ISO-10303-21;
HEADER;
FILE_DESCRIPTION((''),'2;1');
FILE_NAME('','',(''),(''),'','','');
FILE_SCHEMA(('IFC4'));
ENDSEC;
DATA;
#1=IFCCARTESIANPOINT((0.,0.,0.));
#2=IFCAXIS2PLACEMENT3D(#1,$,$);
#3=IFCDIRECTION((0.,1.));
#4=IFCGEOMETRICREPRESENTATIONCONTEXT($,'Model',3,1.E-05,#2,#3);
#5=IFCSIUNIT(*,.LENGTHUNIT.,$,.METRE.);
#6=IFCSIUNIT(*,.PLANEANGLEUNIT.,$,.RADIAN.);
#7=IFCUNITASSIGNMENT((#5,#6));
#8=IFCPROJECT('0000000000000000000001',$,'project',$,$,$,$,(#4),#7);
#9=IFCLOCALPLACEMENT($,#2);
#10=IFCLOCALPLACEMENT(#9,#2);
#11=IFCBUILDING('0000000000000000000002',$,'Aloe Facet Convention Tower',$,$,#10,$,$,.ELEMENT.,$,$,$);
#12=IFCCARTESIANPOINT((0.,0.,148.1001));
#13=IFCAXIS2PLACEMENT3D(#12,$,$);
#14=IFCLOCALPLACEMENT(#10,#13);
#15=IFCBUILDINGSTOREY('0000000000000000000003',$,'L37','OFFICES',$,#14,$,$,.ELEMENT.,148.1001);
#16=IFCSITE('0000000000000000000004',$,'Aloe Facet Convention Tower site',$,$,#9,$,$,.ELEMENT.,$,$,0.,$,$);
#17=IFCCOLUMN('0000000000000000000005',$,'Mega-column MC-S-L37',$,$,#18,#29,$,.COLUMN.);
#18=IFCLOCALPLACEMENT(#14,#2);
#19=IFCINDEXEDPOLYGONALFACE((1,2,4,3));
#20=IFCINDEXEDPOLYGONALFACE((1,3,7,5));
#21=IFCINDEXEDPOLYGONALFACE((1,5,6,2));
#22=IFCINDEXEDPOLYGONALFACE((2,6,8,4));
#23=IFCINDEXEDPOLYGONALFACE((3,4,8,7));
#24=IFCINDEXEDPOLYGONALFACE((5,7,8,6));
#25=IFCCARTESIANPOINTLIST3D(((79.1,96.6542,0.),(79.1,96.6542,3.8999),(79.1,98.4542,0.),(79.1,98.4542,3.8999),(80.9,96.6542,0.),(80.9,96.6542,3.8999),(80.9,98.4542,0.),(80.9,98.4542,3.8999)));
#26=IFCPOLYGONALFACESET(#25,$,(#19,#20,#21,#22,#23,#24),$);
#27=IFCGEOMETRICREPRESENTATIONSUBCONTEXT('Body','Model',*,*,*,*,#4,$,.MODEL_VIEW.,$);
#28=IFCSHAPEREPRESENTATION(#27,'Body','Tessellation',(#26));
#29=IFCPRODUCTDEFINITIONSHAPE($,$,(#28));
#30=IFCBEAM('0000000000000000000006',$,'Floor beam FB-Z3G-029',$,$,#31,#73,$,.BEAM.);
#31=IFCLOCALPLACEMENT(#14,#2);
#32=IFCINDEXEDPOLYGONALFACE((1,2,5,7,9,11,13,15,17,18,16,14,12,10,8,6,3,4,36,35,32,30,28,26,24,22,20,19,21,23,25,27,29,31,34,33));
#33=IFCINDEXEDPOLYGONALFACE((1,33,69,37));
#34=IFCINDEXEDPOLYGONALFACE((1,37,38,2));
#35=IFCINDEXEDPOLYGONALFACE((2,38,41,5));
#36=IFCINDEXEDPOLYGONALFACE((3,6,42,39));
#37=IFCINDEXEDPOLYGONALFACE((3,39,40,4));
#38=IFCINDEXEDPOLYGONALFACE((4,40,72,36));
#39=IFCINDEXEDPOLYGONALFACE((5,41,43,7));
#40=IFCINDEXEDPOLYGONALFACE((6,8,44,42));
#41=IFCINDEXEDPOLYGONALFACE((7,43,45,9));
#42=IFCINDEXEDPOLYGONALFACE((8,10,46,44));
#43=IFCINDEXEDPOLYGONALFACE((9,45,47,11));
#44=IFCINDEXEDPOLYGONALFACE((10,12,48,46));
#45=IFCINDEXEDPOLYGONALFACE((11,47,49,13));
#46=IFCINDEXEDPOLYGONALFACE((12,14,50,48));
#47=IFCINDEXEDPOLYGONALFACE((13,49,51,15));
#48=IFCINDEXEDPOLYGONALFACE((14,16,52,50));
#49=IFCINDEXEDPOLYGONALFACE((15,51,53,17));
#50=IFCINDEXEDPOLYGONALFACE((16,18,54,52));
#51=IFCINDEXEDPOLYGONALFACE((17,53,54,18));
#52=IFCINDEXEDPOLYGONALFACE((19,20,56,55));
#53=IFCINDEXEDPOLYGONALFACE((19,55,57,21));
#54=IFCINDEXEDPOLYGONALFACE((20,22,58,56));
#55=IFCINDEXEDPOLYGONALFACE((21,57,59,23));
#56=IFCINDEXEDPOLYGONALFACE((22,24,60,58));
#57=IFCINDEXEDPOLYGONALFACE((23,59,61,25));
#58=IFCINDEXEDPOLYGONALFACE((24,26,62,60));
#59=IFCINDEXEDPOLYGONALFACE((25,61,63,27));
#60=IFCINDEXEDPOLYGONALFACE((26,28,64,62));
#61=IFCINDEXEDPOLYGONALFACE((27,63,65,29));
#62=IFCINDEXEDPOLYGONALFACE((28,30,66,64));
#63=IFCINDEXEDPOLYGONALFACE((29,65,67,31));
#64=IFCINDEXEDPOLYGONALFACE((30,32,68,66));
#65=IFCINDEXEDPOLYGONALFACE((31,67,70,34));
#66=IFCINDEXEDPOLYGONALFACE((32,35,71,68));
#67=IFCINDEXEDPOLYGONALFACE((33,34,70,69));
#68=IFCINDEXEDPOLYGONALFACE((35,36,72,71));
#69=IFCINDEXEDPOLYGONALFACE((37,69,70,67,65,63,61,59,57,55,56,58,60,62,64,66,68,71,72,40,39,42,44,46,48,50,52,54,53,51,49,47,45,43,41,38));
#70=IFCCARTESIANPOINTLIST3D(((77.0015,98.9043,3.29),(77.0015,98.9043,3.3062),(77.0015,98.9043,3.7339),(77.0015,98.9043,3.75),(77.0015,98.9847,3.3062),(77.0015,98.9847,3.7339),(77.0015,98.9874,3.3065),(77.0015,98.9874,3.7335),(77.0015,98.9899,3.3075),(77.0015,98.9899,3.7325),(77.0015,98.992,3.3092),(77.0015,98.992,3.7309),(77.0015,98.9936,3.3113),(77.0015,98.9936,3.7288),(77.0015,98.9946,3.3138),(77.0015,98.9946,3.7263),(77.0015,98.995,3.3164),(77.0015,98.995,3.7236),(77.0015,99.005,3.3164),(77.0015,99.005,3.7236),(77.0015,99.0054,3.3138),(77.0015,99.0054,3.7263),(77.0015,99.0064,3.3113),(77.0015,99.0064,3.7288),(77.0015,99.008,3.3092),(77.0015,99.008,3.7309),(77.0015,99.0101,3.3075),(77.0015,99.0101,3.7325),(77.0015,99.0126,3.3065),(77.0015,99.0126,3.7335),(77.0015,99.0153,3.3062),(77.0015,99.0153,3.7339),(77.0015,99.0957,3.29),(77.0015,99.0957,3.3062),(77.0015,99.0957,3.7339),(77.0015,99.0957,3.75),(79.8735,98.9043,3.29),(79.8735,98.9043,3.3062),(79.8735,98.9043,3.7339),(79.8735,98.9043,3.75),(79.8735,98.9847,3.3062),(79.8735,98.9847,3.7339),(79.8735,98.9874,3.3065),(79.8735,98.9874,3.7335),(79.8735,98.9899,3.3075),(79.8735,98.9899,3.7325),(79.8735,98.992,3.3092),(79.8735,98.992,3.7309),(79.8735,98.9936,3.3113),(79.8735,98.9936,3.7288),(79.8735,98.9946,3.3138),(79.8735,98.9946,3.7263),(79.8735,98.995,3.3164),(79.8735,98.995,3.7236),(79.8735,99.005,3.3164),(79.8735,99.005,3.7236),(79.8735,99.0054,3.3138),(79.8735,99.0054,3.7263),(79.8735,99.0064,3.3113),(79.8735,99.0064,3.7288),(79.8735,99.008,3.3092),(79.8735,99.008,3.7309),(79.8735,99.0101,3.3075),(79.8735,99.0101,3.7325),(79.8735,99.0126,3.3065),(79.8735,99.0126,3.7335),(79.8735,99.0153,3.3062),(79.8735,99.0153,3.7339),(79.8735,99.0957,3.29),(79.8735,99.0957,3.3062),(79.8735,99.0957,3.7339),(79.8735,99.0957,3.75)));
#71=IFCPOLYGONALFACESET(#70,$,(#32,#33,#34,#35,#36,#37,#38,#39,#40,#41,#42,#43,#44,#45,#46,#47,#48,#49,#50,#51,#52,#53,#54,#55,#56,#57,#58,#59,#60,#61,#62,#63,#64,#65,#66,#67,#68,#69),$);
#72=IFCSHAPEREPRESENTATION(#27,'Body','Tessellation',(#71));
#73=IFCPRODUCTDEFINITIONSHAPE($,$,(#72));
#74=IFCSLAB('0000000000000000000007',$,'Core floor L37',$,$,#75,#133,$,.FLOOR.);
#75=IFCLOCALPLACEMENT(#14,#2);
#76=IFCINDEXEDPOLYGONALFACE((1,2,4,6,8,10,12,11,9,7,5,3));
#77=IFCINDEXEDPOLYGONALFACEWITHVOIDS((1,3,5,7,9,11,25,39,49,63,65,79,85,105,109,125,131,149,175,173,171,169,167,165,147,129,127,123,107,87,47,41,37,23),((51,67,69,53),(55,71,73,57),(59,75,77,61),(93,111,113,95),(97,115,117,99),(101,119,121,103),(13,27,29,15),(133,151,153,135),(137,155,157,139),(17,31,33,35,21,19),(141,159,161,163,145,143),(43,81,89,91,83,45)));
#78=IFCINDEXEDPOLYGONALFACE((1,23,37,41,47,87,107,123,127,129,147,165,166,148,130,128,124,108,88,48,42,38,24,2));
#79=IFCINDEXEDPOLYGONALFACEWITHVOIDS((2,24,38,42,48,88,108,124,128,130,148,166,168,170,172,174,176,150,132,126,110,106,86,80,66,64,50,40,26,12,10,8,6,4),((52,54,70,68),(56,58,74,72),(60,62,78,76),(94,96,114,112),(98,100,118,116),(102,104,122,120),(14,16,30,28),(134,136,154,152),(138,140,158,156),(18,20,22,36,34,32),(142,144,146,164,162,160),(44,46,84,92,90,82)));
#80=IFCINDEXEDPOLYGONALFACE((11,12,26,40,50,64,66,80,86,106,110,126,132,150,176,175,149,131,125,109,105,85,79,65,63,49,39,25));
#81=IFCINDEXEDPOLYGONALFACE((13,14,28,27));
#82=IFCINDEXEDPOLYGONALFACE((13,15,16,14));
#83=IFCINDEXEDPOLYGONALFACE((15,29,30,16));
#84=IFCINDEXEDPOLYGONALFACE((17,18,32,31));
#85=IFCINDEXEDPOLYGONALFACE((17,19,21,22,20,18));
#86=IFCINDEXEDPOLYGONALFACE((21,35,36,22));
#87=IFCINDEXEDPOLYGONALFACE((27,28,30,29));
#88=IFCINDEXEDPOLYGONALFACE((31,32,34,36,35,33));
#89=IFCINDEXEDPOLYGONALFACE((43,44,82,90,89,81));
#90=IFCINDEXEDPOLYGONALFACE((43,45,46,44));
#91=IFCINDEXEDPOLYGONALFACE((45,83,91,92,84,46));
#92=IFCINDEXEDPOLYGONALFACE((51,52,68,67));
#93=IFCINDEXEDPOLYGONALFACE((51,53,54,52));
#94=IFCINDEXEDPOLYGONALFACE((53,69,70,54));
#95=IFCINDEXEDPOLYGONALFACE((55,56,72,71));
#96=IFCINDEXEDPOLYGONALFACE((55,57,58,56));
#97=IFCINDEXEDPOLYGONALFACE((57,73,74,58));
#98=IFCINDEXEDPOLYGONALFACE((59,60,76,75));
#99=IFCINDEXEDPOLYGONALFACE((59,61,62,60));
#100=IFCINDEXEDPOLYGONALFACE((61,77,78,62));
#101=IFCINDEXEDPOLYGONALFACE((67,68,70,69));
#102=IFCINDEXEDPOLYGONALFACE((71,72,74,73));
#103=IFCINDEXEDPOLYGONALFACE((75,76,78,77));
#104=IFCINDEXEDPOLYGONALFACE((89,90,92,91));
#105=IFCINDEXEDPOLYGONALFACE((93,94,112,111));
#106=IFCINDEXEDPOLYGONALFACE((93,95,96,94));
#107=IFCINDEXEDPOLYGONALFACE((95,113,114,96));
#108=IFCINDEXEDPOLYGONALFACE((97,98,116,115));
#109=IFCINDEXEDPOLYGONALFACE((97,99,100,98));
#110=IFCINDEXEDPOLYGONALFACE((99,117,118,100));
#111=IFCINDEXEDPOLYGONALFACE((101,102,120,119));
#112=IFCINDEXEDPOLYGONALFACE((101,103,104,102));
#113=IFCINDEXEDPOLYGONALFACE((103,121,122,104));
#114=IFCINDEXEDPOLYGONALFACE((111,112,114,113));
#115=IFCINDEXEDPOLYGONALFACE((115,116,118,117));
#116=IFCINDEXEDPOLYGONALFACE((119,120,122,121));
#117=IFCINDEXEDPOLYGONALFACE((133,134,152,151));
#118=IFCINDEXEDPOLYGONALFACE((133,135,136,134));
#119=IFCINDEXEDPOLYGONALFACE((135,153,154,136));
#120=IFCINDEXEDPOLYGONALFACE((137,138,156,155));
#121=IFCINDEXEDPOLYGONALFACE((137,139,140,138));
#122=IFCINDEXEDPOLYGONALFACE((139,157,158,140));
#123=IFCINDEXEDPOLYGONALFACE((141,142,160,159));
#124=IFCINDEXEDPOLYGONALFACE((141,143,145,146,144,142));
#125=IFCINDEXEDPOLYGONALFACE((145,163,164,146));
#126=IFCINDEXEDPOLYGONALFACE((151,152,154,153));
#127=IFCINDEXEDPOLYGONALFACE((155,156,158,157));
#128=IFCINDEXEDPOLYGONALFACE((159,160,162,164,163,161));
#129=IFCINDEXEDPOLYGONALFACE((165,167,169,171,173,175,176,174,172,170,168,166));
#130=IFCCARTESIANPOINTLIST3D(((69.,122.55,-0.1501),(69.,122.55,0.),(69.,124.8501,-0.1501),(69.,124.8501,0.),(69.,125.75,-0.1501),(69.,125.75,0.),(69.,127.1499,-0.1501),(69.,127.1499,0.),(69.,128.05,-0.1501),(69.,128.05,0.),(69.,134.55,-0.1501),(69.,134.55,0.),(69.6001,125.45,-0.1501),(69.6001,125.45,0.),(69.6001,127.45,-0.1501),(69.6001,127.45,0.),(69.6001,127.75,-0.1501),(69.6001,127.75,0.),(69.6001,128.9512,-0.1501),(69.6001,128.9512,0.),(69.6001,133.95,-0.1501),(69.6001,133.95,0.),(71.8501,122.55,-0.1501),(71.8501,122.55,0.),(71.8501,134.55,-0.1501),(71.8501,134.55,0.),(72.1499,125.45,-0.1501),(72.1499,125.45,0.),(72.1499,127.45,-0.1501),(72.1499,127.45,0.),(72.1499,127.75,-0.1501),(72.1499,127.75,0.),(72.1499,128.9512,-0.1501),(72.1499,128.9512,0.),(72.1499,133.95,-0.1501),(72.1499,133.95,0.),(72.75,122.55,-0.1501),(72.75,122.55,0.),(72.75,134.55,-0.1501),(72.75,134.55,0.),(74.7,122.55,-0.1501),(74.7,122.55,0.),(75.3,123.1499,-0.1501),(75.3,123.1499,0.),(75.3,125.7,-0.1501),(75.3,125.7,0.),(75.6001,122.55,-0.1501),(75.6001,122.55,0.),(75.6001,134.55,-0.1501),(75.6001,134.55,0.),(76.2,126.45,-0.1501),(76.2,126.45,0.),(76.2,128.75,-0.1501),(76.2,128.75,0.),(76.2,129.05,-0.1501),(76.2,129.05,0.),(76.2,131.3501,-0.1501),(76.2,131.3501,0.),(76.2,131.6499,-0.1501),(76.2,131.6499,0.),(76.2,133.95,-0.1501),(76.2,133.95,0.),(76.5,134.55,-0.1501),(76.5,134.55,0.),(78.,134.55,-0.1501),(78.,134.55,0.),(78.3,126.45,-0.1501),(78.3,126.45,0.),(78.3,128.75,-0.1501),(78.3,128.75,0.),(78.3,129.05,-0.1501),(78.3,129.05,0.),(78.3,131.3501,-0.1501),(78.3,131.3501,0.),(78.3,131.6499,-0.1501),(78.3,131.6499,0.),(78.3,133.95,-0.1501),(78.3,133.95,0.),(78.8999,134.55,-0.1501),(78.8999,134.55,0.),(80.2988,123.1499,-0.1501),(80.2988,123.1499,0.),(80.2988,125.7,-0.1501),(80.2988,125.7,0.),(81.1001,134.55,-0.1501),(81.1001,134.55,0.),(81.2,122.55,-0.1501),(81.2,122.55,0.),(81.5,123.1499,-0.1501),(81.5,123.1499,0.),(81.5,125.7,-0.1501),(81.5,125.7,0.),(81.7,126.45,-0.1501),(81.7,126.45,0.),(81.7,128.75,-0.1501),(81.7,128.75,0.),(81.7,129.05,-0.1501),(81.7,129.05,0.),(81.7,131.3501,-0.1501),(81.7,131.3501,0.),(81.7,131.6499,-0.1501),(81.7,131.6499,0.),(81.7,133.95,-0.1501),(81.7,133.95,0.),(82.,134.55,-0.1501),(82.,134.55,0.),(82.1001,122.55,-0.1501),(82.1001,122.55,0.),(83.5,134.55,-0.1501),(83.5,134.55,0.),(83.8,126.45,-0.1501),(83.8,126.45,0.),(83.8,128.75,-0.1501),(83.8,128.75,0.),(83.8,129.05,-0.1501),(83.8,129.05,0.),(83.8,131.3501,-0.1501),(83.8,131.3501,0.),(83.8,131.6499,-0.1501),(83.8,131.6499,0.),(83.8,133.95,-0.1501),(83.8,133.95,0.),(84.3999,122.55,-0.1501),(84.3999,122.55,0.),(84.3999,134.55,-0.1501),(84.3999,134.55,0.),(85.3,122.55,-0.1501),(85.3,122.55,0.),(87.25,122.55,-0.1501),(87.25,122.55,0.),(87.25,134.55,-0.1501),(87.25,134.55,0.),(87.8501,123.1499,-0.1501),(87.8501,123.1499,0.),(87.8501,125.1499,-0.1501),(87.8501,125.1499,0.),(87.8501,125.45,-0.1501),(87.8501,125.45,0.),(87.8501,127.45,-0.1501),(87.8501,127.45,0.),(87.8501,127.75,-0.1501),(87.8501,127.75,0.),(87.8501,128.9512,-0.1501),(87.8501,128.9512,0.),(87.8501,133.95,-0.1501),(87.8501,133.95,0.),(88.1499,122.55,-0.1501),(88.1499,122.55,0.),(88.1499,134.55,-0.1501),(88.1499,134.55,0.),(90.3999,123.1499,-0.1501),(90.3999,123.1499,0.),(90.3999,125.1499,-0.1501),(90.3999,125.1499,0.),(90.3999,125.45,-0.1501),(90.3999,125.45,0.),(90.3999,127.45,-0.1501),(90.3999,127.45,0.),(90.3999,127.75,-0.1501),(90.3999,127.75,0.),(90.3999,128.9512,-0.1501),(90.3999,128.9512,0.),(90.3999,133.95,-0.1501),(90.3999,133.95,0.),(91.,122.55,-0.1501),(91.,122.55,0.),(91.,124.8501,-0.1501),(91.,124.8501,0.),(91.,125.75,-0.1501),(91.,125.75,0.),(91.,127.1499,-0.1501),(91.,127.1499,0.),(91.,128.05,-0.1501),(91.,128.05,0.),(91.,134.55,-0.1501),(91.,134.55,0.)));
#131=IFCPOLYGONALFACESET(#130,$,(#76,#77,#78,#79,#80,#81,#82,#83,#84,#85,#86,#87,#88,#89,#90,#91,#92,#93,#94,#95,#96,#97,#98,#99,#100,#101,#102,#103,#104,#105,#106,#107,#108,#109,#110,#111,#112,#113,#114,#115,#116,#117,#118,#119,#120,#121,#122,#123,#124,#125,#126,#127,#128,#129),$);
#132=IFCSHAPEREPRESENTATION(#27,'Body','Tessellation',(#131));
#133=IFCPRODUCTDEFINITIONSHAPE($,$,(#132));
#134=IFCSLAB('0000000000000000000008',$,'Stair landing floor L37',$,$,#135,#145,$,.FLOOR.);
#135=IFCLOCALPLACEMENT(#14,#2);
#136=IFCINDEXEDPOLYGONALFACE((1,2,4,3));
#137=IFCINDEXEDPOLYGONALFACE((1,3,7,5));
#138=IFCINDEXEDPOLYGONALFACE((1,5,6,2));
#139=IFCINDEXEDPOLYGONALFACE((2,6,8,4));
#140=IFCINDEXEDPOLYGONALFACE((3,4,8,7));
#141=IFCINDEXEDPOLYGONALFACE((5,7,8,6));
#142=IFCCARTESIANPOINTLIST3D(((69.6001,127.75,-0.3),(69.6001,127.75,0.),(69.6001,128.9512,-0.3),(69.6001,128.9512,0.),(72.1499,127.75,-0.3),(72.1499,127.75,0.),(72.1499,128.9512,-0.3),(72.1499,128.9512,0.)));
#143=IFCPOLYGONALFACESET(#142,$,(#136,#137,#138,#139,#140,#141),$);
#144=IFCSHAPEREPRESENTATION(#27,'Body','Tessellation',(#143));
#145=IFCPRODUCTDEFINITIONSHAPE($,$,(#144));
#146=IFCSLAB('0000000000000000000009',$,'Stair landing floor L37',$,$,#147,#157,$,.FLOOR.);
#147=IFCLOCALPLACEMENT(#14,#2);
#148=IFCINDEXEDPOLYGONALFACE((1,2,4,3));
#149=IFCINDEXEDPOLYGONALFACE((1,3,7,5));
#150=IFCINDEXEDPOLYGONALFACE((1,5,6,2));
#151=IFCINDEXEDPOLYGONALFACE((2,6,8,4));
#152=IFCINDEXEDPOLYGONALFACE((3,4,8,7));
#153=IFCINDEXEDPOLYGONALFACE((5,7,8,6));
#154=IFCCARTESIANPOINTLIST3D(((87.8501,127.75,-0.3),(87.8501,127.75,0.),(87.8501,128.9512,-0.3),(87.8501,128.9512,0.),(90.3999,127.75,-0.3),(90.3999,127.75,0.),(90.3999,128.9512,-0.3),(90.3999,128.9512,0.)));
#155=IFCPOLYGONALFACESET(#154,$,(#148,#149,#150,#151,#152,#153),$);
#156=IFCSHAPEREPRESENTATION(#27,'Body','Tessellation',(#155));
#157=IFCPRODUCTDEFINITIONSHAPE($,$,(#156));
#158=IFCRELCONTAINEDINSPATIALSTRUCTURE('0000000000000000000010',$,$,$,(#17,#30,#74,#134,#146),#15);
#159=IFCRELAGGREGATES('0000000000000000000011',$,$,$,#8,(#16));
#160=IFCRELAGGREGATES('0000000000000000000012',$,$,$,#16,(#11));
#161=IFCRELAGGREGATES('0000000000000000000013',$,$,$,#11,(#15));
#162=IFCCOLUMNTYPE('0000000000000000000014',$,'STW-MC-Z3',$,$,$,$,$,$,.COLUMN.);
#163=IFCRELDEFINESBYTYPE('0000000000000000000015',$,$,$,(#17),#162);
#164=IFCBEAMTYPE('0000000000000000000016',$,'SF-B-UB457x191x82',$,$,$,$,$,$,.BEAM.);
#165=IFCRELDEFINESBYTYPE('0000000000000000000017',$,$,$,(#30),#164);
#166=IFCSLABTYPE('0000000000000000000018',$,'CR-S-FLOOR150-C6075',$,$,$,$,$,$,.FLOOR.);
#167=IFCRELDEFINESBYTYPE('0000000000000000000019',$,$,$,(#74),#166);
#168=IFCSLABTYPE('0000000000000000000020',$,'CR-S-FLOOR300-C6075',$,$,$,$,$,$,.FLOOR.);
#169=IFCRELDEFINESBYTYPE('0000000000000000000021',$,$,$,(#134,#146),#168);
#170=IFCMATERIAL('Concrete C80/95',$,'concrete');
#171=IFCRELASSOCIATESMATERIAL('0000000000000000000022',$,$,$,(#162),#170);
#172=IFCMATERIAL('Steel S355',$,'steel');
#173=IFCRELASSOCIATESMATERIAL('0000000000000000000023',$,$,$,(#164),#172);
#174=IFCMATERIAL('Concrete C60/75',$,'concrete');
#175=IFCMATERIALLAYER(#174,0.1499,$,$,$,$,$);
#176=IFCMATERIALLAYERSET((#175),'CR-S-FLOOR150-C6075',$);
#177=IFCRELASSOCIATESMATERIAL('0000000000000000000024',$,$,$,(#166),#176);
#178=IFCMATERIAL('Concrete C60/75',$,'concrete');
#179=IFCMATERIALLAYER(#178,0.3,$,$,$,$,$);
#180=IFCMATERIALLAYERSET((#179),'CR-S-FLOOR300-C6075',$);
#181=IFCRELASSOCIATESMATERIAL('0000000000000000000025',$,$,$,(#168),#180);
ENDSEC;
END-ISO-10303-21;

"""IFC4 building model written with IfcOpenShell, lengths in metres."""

from ifc_helpers import new_model, si_unit, direction, frame, origin, origin_2d, place, context, subcontext, project, spatial, polyline, rectangle, i_section, outline, extrude, material, layer, layer_set, material_profile, profile_set, type_object, element, save


model = new_model("IFC4")

# Units and contexts
model_context = context("Model", 3, precision=1e-05, world=origin(), true_north=direction((0.0, 1.0)))
body_context = subcontext(model_context, "Body", "Model", "MODEL_VIEW")
ifc_project = project(units=[si_unit("LENGTHUNIT", "METRE"), si_unit("PLANEANGLEUNIT", "RADIAN")], contexts=[model_context])

# Site, building, storey
site_placement = place(None, origin())
site = spatial("IfcSite", under=ifc_project, at=site_placement, Name="Aloe Facet Convention Tower site", CompositionType="ELEMENT", RefElevation=0.0)
building_placement = place(site_placement, origin())
building = spatial("IfcBuilding", under=site, at=building_placement, Name="Aloe Facet Convention Tower", CompositionType="ELEMENT")
storey_placement = place(building_placement, frame((0.0, 0.0, 148.1001)))
storey = spatial("IfcBuildingStorey", under=building, at=storey_placement, Name="L37", Description="OFFICES", CompositionType="ELEMENT", Elevation=148.1001)

# Column
ifc_material_1 = material(Name="Concrete C80/95", Category="concrete")
ifc_material_profile_1 = material_profile(ifc_material_1, rectangle(XDim=1.8, YDim=1.8, at=origin_2d()), Name="STW-MC-Z3")
ifc_profile_set_1 = profile_set([ifc_material_profile_1], Name="Concrete C80/95")
column_type = type_object("IfcColumnType", Name="STW-MC-Z3", PredefinedType="COLUMN", material=ifc_profile_set_1)
column_placement = place(storey_placement, frame((80.0, 97.5542, 0.0), z_axis=(0.0, 0.0, 1.0), x_axis=(1.0, 0.0, 0.0)))
element("IfcColumn", 1, at=column_placement, inside=storey, type_object=column_type, Name="Mega-column MC-S-L37", PredefinedType="COLUMN", context=body_context, shape_type="SweptSolid", body=[
    extrude(rectangle(XDim=1.8, YDim=1.8, at=origin_2d()), origin(), (0.0, 0.0, 1.0), 3.8999),
])

# Beam
ifc_material_2 = material(Name="Steel S355", Category="steel")
ifc_material_profile_2 = material_profile(ifc_material_2, i_section(OverallWidth=0.1914, OverallDepth=0.46, WebThickness=0.01, FlangeThickness=0.0161, FilletRadius=0.0103, at=origin_2d()), Name="UB 457x191x82")
ifc_profile_set_2 = profile_set([ifc_material_profile_2], Name="Steel S355")
beam_type = type_object("IfcBeamType", Name="SF-B-UB457x191x82", PredefinedType="BEAM", material=ifc_profile_set_2)
beam_placement = place(storey_placement, frame((77.0015, 99.0, 3.52), z_axis=(1.0, 0.0, 0.0), x_axis=(0.0, 1.0, 0.0)))
element("IfcBeam", 2, at=beam_placement, inside=storey, type_object=beam_type, Name="Floor beam FB-Z3G-029", PredefinedType="BEAM", context=body_context, shape_type="SweptSolid", body=[
    extrude(i_section(OverallWidth=0.1914, OverallDepth=0.46, WebThickness=0.01, FlangeThickness=0.0161, FilletRadius=0.0103, at=origin_2d()), origin(), (0.0, 0.0, 1.0), 2.8721),
])

# Slabs
ifc_material_3 = material(Name="Concrete C60/75", Category="concrete")
ifc_layer_1 = layer(ifc_material_3, 0.1499)
ifc_layer_set_1 = layer_set([ifc_layer_1], Name="CR-S-FLOOR150-C6075")
slab_type_1 = type_object("IfcSlabType", Name="CR-S-FLOOR150-C6075", PredefinedType="FLOOR", material=ifc_layer_set_1)
slab_1_placement = place(storey_placement, frame((0.0, 0.0, -0.1501)))
element("IfcSlab", 3, at=slab_1_placement, inside=storey, type_object=slab_type_1, Name="Core floor L37", PredefinedType="FLOOR", context=body_context, shape_type="SweptSolid", body=[
    extrude(outline(polyline([(71.8501, 134.55), (72.75, 134.55), (75.6001, 134.55), (76.5, 134.55), (78.0, 134.55), (78.8999, 134.55), (81.1001, 134.55), (82.0, 134.55), (83.5, 134.55), (84.3999, 134.55), (87.25, 134.55), (88.1499, 134.55), (91.0, 134.55), (91.0, 128.05), (91.0, 127.1499), (91.0, 125.75), (91.0, 124.8501), (91.0, 122.55), (88.1499, 122.55), (87.25, 122.55), (85.3, 122.55), (84.3999, 122.55), (82.1001, 122.55), (81.2, 122.55), (75.6001, 122.55), (74.7, 122.55), (72.75, 122.55), (71.8501, 122.55), (69.0, 122.55), (69.0, 124.8501), (69.0, 125.75), (69.0, 127.1499), (69.0, 128.05), (69.0, 134.55), (71.8501, 134.55)]), holes=[polyline([(80.2988, 123.1499), (81.5, 123.1499), (81.5, 125.7), (80.2988, 125.7), (75.3, 125.7), (75.3, 123.1499), (80.2988, 123.1499)]), polyline([(69.6001, 125.45), (72.1499, 125.45), (72.1499, 127.45), (69.6001, 127.45), (69.6001, 125.45)]), polyline([(76.2, 126.45), (78.3, 126.45), (78.3, 128.75), (76.2, 128.75), (76.2, 126.45)]), polyline([(78.3, 129.05), (78.3, 131.3501), (76.2, 131.3501), (76.2, 129.05), (78.3, 129.05)]), polyline([(69.6001, 133.95), (69.6001, 128.9512), (69.6001, 127.75), (72.1499, 127.75), (72.1499, 128.9512), (72.1499, 133.95), (69.6001, 133.95)]), polyline([(76.2, 131.6499), (78.3, 131.6499), (78.3, 133.95), (76.2, 133.95), (76.2, 131.6499)]), polyline([(90.3999, 123.1499), (90.3999, 125.1499), (87.8501, 125.1499), (87.8501, 123.1499), (90.3999, 123.1499)]), polyline([(87.8501, 125.45), (90.3999, 125.45), (90.3999, 127.45), (87.8501, 127.45), (87.8501, 125.45)]), polyline([(81.7, 126.45), (83.8, 126.45), (83.8, 128.75), (81.7, 128.75), (81.7, 126.45)]), polyline([(83.8, 129.05), (83.8, 131.3501), (81.7, 131.3501), (81.7, 129.05), (83.8, 129.05)]), polyline([(87.8501, 133.95), (87.8501, 128.9512), (87.8501, 127.75), (90.3999, 127.75), (90.3999, 128.9512), (90.3999, 133.95), (87.8501, 133.95)]), polyline([(81.7, 131.6499), (83.8, 131.6499), (83.8, 133.95), (81.7, 133.95), (81.7, 131.6499)])]), origin(), (0.0, 0.0, 1.0), 0.1501),
])
ifc_material_4 = material(Name="Concrete C60/75", Category="concrete")
ifc_layer_2 = layer(ifc_material_4, 0.3)
ifc_layer_set_2 = layer_set([ifc_layer_2], Name="CR-S-FLOOR300-C6075")
slab_type_2 = type_object("IfcSlabType", Name="CR-S-FLOOR300-C6075", PredefinedType="FLOOR", material=ifc_layer_set_2)
slab_2_placement = place(storey_placement, frame((0.0, 0.0, -0.3)))
element("IfcSlab", 4, at=slab_2_placement, inside=storey, type_object=slab_type_2, Name="Stair landing floor L37", PredefinedType="FLOOR", context=body_context, shape_type="SweptSolid", body=[
    extrude(outline(polyline([(72.1499, 127.75), (72.1499, 128.9512), (69.6001, 128.9512), (69.6001, 127.75), (72.1499, 127.75)])), origin(), (0.0, 0.0, 1.0), 0.3),
])
slab_3_placement = place(storey_placement, frame((0.0, 0.0, -0.3)))
element("IfcSlab", 5, at=slab_3_placement, inside=storey, type_object=slab_type_2, Name="Stair landing floor L37", PredefinedType="FLOOR", context=body_context, shape_type="SweptSolid", body=[
    extrude(outline(polyline([(90.3999, 127.75), (90.3999, 128.9512), (87.8501, 128.9512), (87.8501, 127.75), (90.3999, 127.75)])), origin(), (0.0, 0.0, 1.0), 0.3),
])

save(model, "model.ifc")
